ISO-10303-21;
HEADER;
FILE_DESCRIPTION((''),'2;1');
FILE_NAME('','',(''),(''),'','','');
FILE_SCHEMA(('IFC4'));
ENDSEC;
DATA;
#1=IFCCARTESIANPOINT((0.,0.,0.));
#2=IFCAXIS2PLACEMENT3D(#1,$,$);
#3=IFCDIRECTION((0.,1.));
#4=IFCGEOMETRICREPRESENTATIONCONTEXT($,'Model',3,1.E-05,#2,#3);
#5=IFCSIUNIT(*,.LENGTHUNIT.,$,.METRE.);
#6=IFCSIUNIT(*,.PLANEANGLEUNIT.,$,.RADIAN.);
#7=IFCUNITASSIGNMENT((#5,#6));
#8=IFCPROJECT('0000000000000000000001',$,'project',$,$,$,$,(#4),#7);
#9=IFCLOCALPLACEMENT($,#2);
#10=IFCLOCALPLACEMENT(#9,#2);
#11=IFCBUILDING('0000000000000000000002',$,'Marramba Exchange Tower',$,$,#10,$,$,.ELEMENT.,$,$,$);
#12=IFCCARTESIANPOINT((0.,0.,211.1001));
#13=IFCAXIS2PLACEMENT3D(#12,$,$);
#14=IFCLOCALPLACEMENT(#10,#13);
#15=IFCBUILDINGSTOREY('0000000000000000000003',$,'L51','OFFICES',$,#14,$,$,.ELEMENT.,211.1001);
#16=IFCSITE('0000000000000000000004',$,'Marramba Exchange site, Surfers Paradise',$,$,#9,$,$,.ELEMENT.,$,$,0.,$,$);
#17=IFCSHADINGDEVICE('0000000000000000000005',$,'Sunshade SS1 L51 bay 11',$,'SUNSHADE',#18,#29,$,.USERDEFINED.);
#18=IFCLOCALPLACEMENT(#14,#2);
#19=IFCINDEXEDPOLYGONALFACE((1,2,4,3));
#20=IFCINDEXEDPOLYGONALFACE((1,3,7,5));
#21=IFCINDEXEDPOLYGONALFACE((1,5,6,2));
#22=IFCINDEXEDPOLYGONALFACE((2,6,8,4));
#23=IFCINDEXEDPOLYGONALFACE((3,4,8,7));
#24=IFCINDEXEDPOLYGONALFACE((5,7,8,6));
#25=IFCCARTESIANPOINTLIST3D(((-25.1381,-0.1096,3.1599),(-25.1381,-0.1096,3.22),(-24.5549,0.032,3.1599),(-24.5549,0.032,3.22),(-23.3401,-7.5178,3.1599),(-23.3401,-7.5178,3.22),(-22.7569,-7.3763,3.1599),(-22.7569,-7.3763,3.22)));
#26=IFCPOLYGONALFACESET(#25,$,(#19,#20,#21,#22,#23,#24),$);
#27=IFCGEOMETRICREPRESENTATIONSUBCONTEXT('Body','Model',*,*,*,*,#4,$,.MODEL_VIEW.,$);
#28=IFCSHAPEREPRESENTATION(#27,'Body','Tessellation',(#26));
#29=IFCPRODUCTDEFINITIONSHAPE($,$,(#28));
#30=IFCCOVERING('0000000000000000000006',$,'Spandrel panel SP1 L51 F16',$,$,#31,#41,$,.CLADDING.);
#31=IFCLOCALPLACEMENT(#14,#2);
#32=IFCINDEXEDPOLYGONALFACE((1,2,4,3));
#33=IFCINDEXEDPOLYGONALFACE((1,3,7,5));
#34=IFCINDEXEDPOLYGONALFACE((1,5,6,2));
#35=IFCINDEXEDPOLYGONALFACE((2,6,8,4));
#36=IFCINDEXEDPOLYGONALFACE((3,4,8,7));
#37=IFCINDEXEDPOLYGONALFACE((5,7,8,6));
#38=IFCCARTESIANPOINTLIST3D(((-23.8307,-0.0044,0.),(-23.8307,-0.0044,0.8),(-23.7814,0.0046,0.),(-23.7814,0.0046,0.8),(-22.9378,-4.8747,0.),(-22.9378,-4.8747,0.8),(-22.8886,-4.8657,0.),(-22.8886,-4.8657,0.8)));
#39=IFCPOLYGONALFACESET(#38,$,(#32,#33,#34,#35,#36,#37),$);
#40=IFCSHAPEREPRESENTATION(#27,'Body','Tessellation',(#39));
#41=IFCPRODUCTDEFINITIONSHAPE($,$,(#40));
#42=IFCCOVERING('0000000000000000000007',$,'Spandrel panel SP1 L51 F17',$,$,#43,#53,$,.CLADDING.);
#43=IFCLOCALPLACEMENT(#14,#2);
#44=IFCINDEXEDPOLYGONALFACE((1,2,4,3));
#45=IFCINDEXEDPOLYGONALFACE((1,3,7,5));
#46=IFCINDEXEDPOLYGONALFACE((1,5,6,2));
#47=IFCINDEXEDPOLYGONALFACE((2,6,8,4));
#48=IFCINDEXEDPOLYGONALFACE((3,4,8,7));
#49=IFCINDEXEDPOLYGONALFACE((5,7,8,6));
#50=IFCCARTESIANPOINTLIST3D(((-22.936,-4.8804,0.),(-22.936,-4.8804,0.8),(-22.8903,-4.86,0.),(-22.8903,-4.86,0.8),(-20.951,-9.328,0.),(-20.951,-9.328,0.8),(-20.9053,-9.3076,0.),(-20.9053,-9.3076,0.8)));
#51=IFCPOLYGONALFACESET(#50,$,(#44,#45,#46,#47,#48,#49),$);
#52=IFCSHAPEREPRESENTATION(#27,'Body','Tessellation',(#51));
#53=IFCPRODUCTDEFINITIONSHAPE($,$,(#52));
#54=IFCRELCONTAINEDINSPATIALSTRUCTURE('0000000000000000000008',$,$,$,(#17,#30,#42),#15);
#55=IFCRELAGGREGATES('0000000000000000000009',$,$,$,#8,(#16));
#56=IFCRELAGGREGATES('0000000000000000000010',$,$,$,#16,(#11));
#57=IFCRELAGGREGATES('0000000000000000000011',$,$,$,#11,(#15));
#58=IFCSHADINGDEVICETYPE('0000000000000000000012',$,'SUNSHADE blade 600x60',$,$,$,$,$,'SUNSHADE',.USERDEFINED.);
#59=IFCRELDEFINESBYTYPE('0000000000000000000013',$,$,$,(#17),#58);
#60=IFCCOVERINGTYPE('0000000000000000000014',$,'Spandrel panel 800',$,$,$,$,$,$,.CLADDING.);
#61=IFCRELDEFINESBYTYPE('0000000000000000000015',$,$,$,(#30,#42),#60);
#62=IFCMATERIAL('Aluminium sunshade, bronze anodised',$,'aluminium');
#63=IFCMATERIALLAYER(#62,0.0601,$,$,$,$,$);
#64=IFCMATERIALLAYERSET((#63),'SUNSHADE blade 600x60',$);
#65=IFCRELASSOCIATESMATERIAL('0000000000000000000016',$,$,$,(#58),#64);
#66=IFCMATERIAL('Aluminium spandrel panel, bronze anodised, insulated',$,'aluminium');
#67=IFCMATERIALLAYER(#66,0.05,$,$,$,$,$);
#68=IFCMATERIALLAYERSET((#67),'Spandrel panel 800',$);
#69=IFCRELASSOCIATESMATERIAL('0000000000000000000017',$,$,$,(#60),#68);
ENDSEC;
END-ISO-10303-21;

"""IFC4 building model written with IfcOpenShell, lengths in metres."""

from ifc_helpers import new_model, si_unit, direction, frame, origin, origin_2d, place, context, subcontext, project, spatial, rectangle, extrude, material, layer, layer_set, type_object, element, save


model = new_model("IFC4")

# Units and contexts
model_context = context("Model", 3, precision=1e-05, world=origin(), true_north=direction((0.0, 1.0)))
body_context = subcontext(model_context, "Body", "Model", "MODEL_VIEW")
ifc_project = project(units=[si_unit("LENGTHUNIT", "METRE"), si_unit("PLANEANGLEUNIT", "RADIAN")], contexts=[model_context])

# Site, building, storey
site_placement = place(None, origin())
site = spatial("IfcSite", under=ifc_project, at=site_placement, Name="Marramba Exchange site, Surfers Paradise", CompositionType="ELEMENT", RefElevation=0.0)
building_placement = place(site_placement, origin())
building = spatial("IfcBuilding", under=site, at=building_placement, Name="Marramba Exchange Tower", CompositionType="ELEMENT")
storey_placement = place(building_placement, frame((0.0, 0.0, 211.1001)))
storey = spatial("IfcBuildingStorey", under=building, at=storey_placement, Name="L51", Description="OFFICES", CompositionType="ELEMENT", Elevation=211.1001)

# Shading device
ifc_material_1 = material(Name="Aluminium sunshade, bronze anodised", Category="aluminium")
ifc_layer_1 = layer(ifc_material_1, 0.0601)
ifc_layer_set_1 = layer_set([ifc_layer_1], Name="SUNSHADE blade 600x60")
shading_device_type_1 = type_object("IfcShadingDeviceType", Name="SUNSHADE blade 600x60", ElementType="SUNSHADE", PredefinedType="USERDEFINED", material=ifc_layer_set_1)
shading_device_1_placement = place(storey_placement, frame((-23.9475, -3.7429, 3.1599), z_axis=(0.0, 0.0, 1.0), x_axis=(0.235861, -0.971787, 0.0)))
element("IfcShadingDevice", 1, at=shading_device_1_placement, inside=storey, type_object=shading_device_type_1, Name="Sunshade SS1 L51 bay 11", ObjectType="SUNSHADE", PredefinedType="USERDEFINED", context=body_context, shape_type="SweptSolid", body=[
    extrude(rectangle(XDim=7.6233, YDim=0.6001, at=origin_2d()), origin(), (0.0, 0.0, 1.0), 0.0601),
])

# Coverings
ifc_material_2 = material(Name="Aluminium spandrel panel, bronze anodised, insulated", Category="aluminium")
ifc_layer_2 = layer(ifc_material_2, 0.05)
ifc_layer_set_2 = layer_set([ifc_layer_2], Name="Spandrel panel 800")
covering_type = type_object("IfcCoveringType", Name="Spandrel panel 800", PredefinedType="CLADDING", material=ifc_layer_set_2)
covering_1_placement = place(storey_placement, frame((-23.3596, -2.4351, 0.0), z_axis=(0.0, 0.0, 1.0), x_axis=(0.180327, -0.983607, 0.0)))
element("IfcCovering", 2, at=covering_1_placement, inside=storey, type_object=covering_type, Name="Spandrel panel SP1 L51 F16", PredefinedType="CLADDING", context=body_context, shape_type="SweptSolid", body=[
    extrude(rectangle(XDim=4.9514, YDim=0.05, at=origin_2d()), origin(), (0.0, 0.0, 1.0), 0.8),
])
covering_2_placement = place(storey_placement, frame((-21.9207, -7.094, 0.0), z_axis=(0.0, 0.0, 1.0), x_axis=(0.407558, -0.91318, 0.0)))
element("IfcCovering", 3, at=covering_2_placement, inside=storey, type_object=covering_type, Name="Spandrel panel SP1 L51 F17", PredefinedType="CLADDING", context=body_context, shape_type="SweptSolid", body=[
    extrude(rectangle(XDim=4.8704, YDim=0.05, at=origin_2d()), origin(), (0.0, 0.0, 1.0), 0.8),
])

save(model, "model.ifc")
